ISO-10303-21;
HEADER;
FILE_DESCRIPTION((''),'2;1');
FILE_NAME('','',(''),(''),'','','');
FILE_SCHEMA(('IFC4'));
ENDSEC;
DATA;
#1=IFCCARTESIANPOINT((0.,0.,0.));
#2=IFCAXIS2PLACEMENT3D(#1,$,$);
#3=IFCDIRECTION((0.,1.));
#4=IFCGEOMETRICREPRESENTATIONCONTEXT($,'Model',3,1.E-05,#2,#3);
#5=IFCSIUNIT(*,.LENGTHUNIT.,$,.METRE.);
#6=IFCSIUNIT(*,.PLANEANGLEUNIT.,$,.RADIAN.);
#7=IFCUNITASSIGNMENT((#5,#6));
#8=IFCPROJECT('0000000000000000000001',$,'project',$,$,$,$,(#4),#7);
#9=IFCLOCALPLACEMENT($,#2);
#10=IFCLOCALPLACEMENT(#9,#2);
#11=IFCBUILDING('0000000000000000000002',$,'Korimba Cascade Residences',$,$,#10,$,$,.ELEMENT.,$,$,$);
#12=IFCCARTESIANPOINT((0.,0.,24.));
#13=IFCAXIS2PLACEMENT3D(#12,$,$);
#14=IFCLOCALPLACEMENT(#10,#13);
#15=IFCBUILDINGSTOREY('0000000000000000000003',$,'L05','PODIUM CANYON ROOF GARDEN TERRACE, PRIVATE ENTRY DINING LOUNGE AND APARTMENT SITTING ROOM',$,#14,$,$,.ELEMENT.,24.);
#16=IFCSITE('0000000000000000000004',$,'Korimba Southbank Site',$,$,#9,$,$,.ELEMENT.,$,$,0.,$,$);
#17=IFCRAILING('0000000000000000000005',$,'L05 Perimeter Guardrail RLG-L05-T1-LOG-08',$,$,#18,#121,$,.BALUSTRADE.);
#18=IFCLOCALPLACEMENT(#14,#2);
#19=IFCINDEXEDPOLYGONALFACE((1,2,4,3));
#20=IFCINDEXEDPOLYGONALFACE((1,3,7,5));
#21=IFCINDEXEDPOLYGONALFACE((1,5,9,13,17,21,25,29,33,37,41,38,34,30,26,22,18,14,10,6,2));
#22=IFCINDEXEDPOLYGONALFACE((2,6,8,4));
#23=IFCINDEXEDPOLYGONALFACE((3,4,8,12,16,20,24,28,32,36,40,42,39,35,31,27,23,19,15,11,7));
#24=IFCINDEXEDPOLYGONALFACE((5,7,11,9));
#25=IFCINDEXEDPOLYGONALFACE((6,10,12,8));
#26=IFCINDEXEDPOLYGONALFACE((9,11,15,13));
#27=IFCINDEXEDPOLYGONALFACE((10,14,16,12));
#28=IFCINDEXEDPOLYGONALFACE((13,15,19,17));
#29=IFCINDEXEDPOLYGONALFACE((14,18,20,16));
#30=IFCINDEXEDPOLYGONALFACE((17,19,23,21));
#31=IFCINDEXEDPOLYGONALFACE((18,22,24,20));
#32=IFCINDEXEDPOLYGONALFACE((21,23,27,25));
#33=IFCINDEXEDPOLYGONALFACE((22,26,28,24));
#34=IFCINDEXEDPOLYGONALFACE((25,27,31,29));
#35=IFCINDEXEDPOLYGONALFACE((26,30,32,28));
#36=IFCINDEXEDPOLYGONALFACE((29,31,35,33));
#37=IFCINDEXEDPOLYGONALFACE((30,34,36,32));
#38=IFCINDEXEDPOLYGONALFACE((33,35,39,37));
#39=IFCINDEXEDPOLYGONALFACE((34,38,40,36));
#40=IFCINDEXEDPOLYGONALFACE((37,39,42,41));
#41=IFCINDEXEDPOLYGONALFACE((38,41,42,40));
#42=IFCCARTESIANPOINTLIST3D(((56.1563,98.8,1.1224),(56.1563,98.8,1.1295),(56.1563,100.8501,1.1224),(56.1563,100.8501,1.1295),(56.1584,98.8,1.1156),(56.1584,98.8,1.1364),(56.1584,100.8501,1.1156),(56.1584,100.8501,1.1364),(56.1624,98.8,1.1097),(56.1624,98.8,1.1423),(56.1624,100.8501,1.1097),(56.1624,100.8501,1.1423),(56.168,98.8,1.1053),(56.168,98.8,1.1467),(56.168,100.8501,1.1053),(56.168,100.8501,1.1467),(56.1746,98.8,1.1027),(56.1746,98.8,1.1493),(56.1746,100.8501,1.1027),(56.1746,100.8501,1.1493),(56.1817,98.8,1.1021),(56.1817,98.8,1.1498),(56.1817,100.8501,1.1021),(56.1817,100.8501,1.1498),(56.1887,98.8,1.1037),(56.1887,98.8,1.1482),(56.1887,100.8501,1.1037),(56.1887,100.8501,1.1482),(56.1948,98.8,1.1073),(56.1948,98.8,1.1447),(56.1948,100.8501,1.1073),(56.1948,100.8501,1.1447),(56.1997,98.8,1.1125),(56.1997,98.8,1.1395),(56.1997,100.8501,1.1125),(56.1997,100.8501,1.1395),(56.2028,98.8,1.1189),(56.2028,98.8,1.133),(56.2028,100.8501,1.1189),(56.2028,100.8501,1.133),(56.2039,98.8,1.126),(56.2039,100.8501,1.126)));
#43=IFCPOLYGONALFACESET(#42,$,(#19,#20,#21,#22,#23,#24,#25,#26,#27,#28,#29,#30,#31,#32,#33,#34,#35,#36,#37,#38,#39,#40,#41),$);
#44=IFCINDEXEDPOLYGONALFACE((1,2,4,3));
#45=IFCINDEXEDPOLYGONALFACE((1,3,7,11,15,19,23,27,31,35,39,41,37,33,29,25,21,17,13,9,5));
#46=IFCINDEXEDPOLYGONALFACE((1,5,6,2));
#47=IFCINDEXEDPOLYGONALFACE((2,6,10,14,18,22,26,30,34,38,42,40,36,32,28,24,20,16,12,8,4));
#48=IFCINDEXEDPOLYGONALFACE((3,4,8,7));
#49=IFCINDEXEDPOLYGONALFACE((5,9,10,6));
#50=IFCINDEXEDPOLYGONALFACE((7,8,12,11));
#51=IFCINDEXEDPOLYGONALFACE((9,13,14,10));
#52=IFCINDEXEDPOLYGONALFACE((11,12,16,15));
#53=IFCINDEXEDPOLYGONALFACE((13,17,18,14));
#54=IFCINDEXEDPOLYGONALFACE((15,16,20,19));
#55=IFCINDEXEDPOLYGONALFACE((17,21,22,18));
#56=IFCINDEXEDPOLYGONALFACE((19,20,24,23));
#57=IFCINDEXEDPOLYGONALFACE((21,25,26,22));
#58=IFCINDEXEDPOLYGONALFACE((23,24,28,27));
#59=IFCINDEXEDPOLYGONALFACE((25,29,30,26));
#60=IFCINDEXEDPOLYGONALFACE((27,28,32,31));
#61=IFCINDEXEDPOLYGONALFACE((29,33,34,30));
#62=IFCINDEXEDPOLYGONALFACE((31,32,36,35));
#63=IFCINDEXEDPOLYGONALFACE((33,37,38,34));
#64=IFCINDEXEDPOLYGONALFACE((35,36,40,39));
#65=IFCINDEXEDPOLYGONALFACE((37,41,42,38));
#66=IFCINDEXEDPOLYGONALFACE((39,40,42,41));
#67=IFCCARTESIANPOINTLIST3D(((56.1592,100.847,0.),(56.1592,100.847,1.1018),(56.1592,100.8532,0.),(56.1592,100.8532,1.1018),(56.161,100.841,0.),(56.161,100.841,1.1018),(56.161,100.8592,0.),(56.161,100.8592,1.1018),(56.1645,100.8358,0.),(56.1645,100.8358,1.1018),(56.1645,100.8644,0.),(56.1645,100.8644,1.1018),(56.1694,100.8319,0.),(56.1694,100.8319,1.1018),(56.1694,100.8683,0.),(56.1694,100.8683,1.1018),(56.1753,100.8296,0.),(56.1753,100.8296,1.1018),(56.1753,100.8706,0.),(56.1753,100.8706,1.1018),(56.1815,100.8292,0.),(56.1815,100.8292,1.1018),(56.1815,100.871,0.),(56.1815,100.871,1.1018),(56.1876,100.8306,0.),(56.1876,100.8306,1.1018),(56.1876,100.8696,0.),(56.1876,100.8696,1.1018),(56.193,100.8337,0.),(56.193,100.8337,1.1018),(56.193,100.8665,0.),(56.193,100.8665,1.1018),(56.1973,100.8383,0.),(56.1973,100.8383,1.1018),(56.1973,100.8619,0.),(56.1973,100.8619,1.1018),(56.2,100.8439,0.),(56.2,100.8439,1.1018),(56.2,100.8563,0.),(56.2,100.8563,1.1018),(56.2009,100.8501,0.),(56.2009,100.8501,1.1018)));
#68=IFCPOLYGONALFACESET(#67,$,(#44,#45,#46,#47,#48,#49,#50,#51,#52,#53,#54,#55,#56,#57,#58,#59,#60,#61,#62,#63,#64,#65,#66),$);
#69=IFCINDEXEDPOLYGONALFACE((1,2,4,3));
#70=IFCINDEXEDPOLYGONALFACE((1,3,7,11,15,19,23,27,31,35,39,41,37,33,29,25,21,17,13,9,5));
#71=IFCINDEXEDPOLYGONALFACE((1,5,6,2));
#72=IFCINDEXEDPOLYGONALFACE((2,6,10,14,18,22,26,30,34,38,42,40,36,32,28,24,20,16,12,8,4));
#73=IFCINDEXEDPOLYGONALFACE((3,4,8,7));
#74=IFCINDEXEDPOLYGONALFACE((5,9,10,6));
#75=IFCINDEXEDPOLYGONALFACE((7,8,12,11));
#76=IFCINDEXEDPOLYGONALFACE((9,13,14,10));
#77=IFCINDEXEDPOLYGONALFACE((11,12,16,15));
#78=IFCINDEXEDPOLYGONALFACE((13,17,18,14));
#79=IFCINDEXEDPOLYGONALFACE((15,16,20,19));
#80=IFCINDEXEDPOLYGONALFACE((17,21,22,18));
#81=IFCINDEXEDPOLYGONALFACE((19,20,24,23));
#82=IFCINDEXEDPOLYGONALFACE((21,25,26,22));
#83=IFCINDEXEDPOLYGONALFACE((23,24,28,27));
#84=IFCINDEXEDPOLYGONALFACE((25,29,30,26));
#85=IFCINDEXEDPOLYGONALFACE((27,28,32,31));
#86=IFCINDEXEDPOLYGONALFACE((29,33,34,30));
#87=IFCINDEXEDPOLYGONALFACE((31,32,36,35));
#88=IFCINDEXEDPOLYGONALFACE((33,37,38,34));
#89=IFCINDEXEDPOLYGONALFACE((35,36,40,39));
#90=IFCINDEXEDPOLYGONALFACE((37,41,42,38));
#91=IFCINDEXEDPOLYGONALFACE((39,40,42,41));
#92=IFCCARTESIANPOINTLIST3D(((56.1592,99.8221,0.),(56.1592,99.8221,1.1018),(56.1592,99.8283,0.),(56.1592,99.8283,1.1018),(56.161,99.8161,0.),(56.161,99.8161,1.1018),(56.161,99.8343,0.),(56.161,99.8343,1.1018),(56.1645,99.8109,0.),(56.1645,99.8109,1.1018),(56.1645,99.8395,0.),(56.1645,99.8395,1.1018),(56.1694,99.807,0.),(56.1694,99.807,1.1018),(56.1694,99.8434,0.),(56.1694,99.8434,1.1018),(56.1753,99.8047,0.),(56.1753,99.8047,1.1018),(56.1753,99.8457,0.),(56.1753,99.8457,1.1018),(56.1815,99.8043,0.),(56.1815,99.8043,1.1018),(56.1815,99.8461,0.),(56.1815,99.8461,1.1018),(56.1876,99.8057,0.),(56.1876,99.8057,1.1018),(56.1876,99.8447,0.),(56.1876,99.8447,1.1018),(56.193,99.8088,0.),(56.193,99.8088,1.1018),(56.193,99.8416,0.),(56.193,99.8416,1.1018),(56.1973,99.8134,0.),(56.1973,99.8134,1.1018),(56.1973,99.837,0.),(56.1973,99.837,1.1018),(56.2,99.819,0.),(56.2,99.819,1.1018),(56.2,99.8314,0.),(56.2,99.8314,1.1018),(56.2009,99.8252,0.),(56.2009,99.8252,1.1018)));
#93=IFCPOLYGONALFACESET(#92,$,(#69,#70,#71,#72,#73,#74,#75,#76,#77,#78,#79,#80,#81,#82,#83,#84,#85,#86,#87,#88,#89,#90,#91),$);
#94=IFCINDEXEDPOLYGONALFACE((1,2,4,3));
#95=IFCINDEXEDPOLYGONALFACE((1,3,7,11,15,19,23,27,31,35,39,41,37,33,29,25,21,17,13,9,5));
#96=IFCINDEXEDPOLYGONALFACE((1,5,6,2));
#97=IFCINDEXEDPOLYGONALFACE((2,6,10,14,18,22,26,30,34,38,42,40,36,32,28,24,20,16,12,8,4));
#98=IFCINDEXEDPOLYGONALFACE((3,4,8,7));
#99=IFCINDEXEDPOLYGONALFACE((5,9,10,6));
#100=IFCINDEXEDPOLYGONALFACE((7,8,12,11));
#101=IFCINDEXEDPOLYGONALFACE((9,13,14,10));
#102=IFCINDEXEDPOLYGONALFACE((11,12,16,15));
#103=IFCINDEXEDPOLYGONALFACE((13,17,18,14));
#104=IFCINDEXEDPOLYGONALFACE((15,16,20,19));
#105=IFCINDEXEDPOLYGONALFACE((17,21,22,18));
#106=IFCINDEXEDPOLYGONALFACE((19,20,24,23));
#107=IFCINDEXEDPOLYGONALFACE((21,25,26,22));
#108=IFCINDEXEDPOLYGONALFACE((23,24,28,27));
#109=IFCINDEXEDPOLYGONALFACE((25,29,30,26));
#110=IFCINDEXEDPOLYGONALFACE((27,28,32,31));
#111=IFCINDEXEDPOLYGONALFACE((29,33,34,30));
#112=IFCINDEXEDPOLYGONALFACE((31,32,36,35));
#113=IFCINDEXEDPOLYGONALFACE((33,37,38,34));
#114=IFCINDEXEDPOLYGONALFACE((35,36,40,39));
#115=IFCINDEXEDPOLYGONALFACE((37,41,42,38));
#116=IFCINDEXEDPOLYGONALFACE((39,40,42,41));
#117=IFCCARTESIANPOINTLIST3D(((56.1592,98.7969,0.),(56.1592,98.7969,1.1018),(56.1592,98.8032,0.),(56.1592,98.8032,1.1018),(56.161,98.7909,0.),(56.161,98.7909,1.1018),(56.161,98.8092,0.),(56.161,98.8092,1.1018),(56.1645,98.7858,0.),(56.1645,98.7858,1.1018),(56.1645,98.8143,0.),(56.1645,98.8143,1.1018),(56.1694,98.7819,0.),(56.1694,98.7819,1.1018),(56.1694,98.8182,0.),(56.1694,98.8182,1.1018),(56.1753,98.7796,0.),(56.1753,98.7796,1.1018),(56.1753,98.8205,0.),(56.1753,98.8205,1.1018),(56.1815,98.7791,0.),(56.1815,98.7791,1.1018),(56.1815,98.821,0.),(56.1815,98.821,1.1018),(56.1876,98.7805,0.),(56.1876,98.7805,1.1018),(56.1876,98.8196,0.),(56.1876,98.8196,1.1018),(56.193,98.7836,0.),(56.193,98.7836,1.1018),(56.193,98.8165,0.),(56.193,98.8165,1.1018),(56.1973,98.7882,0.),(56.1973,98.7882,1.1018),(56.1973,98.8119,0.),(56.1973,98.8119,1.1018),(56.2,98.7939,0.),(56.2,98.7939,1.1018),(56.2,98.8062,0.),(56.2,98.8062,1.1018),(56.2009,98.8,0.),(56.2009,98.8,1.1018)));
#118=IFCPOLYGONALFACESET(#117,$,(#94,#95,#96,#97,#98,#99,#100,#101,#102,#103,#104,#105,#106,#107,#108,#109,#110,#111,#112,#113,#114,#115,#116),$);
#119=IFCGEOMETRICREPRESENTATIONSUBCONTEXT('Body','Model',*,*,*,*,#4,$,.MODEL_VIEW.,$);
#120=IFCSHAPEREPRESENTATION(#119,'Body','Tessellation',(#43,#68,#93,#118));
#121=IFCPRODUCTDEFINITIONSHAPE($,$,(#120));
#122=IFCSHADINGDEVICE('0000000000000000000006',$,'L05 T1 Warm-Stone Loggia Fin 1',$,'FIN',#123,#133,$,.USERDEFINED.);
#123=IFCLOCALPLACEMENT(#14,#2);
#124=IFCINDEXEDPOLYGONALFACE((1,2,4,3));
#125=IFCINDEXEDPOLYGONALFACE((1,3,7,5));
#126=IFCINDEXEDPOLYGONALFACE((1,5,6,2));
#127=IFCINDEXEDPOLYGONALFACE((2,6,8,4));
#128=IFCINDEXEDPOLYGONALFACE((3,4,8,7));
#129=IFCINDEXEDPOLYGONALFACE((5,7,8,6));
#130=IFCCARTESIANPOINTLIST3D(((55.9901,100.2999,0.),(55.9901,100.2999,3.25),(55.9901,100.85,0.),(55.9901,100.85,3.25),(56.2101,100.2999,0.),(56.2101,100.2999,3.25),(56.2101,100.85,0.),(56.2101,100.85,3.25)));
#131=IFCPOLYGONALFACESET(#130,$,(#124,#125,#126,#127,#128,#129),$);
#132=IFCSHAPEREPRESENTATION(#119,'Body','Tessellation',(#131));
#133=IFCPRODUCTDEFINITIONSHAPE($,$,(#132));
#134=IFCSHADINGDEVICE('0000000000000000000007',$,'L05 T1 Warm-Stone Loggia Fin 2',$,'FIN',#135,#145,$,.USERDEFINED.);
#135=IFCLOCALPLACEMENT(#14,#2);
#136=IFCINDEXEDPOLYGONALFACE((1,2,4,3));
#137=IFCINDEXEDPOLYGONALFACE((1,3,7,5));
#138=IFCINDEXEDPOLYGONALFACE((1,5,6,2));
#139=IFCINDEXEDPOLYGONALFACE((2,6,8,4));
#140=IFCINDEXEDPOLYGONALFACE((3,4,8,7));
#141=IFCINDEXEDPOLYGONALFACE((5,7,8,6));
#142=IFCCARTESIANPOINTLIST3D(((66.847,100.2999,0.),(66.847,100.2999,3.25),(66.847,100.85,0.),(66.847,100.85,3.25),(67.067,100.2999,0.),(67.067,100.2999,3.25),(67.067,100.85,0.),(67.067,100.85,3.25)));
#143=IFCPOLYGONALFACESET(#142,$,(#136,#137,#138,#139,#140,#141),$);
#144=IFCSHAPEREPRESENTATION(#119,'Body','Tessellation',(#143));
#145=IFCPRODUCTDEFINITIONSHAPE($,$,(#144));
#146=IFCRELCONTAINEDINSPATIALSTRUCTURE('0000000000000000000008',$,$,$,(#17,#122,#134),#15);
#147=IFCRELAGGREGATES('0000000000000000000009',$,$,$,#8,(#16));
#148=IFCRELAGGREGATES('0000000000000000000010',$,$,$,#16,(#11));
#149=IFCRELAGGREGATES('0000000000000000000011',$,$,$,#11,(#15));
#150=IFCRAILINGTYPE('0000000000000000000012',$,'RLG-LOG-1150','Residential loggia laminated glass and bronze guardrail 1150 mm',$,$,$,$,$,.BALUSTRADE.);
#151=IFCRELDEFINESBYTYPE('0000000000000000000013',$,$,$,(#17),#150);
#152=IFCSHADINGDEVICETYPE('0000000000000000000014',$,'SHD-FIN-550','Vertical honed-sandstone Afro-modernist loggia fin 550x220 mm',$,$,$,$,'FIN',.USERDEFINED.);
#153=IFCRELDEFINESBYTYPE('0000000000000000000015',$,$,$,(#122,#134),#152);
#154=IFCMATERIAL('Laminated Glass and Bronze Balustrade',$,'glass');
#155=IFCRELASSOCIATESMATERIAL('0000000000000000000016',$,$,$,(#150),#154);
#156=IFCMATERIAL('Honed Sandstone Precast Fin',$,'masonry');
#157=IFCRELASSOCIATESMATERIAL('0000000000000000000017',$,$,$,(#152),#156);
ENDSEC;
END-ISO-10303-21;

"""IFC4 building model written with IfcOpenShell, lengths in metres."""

from ifc_helpers import new_model, si_unit, direction, frame, origin, origin_2d, place, context, subcontext, project, spatial, rectangle, circle, extrude, material, type_object, element, save


model = new_model("IFC4")

# Units and contexts
model_context = context("Model", 3, precision=1e-05, world=origin(), true_north=direction((0.0, 1.0)))
body_context = subcontext(model_context, "Body", "Model", "MODEL_VIEW")
ifc_project = project(units=[si_unit("LENGTHUNIT", "METRE"), si_unit("PLANEANGLEUNIT", "RADIAN")], contexts=[model_context])

# Site, building, storey
site_placement = place(None, origin())
site = spatial("IfcSite", under=ifc_project, at=site_placement, Name="Korimba Southbank Site", CompositionType="ELEMENT", RefElevation=0.0)
building_placement = place(site_placement, origin())
building = spatial("IfcBuilding", under=site, at=building_placement, Name="Korimba Cascade Residences", CompositionType="ELEMENT")
storey_placement = place(building_placement, frame((0.0, 0.0, 24.0)))
storey = spatial("IfcBuildingStorey", under=building, at=storey_placement, Name="L05", Description="PODIUM CANYON ROOF GARDEN TERRACE, PRIVATE ENTRY DINING LOUNGE AND APARTMENT SITTING ROOM", CompositionType="ELEMENT", Elevation=24.0)

# Railing
ifc_material_1 = material(Name="Laminated Glass and Bronze Balustrade", Category="glass")
railing_type = type_object("IfcRailingType", Name="RLG-LOG-1150", Description="Residential loggia laminated glass and bronze guardrail 1150 mm", PredefinedType="BALUSTRADE", material=ifc_material_1)
railing_1_placement = place(storey_placement, frame((56.1799, 100.8501, 0.0)))
element("IfcRailing", 1, at=railing_1_placement, inside=storey, type_object=railing_type, Name="L05 Perimeter Guardrail RLG-L05-T1-LOG-08", PredefinedType="BALUSTRADE", context=body_context, shape_type="SweptSolid", body=[
    extrude(circle(Radius=0.0239, at=origin_2d()), frame((0.0, 0.0, 1.126), z_axis=(0.0, -1.0, 0.0), x_axis=(1.0, 0.0, 0.0)), (0.0, 0.0, 1.0), 2.05),
    extrude(circle(Radius=0.021, at=origin_2d()), origin(), (0.0, 0.0, 1.0), 1.1018),
    extrude(circle(Radius=0.021, at=origin_2d()), frame((0.0, -1.0249, 0.0)), (0.0, 0.0, 1.0), 1.1018),
    extrude(circle(Radius=0.021, at=origin_2d()), frame((0.0, -2.05, 0.0)), (0.0, 0.0, 1.0), 1.1018),
])

# Shading devices
ifc_material_2 = material(Name="Honed Sandstone Precast Fin", Category="masonry")
shading_device_type = type_object("IfcShadingDeviceType", Name="SHD-FIN-550", Description="Vertical honed-sandstone Afro-modernist loggia fin 550x220 mm", ElementType="FIN", PredefinedType="USERDEFINED", material=ifc_material_2)
for number, where, z_axis, x_axis, name in (
    (2, (56.1001, 100.575, 0.0), (0.0, 0.0, 1.0), (1.0, 0.0, 0.0), "L05 T1 Warm-Stone Loggia Fin 1"),
    (3, (66.957, 100.575, 0.0), (0.0, 0.0, 1.0), (1.0, 0.0, 0.0), "L05 T1 Warm-Stone Loggia Fin 2"),
):
    element("IfcShadingDevice", number, at=place(storey_placement, frame(where, z_axis=z_axis, x_axis=x_axis)), inside=storey, type_object=shading_device_type, Name=name, ObjectType="FIN", PredefinedType="USERDEFINED", context=body_context, shape_type="SweptSolid", body=[
        extrude(rectangle(XDim=0.22, YDim=0.55, at=origin_2d()), origin(), (0.0, 0.0, 1.0), 3.25),
    ])

save(model, "model.ifc")
